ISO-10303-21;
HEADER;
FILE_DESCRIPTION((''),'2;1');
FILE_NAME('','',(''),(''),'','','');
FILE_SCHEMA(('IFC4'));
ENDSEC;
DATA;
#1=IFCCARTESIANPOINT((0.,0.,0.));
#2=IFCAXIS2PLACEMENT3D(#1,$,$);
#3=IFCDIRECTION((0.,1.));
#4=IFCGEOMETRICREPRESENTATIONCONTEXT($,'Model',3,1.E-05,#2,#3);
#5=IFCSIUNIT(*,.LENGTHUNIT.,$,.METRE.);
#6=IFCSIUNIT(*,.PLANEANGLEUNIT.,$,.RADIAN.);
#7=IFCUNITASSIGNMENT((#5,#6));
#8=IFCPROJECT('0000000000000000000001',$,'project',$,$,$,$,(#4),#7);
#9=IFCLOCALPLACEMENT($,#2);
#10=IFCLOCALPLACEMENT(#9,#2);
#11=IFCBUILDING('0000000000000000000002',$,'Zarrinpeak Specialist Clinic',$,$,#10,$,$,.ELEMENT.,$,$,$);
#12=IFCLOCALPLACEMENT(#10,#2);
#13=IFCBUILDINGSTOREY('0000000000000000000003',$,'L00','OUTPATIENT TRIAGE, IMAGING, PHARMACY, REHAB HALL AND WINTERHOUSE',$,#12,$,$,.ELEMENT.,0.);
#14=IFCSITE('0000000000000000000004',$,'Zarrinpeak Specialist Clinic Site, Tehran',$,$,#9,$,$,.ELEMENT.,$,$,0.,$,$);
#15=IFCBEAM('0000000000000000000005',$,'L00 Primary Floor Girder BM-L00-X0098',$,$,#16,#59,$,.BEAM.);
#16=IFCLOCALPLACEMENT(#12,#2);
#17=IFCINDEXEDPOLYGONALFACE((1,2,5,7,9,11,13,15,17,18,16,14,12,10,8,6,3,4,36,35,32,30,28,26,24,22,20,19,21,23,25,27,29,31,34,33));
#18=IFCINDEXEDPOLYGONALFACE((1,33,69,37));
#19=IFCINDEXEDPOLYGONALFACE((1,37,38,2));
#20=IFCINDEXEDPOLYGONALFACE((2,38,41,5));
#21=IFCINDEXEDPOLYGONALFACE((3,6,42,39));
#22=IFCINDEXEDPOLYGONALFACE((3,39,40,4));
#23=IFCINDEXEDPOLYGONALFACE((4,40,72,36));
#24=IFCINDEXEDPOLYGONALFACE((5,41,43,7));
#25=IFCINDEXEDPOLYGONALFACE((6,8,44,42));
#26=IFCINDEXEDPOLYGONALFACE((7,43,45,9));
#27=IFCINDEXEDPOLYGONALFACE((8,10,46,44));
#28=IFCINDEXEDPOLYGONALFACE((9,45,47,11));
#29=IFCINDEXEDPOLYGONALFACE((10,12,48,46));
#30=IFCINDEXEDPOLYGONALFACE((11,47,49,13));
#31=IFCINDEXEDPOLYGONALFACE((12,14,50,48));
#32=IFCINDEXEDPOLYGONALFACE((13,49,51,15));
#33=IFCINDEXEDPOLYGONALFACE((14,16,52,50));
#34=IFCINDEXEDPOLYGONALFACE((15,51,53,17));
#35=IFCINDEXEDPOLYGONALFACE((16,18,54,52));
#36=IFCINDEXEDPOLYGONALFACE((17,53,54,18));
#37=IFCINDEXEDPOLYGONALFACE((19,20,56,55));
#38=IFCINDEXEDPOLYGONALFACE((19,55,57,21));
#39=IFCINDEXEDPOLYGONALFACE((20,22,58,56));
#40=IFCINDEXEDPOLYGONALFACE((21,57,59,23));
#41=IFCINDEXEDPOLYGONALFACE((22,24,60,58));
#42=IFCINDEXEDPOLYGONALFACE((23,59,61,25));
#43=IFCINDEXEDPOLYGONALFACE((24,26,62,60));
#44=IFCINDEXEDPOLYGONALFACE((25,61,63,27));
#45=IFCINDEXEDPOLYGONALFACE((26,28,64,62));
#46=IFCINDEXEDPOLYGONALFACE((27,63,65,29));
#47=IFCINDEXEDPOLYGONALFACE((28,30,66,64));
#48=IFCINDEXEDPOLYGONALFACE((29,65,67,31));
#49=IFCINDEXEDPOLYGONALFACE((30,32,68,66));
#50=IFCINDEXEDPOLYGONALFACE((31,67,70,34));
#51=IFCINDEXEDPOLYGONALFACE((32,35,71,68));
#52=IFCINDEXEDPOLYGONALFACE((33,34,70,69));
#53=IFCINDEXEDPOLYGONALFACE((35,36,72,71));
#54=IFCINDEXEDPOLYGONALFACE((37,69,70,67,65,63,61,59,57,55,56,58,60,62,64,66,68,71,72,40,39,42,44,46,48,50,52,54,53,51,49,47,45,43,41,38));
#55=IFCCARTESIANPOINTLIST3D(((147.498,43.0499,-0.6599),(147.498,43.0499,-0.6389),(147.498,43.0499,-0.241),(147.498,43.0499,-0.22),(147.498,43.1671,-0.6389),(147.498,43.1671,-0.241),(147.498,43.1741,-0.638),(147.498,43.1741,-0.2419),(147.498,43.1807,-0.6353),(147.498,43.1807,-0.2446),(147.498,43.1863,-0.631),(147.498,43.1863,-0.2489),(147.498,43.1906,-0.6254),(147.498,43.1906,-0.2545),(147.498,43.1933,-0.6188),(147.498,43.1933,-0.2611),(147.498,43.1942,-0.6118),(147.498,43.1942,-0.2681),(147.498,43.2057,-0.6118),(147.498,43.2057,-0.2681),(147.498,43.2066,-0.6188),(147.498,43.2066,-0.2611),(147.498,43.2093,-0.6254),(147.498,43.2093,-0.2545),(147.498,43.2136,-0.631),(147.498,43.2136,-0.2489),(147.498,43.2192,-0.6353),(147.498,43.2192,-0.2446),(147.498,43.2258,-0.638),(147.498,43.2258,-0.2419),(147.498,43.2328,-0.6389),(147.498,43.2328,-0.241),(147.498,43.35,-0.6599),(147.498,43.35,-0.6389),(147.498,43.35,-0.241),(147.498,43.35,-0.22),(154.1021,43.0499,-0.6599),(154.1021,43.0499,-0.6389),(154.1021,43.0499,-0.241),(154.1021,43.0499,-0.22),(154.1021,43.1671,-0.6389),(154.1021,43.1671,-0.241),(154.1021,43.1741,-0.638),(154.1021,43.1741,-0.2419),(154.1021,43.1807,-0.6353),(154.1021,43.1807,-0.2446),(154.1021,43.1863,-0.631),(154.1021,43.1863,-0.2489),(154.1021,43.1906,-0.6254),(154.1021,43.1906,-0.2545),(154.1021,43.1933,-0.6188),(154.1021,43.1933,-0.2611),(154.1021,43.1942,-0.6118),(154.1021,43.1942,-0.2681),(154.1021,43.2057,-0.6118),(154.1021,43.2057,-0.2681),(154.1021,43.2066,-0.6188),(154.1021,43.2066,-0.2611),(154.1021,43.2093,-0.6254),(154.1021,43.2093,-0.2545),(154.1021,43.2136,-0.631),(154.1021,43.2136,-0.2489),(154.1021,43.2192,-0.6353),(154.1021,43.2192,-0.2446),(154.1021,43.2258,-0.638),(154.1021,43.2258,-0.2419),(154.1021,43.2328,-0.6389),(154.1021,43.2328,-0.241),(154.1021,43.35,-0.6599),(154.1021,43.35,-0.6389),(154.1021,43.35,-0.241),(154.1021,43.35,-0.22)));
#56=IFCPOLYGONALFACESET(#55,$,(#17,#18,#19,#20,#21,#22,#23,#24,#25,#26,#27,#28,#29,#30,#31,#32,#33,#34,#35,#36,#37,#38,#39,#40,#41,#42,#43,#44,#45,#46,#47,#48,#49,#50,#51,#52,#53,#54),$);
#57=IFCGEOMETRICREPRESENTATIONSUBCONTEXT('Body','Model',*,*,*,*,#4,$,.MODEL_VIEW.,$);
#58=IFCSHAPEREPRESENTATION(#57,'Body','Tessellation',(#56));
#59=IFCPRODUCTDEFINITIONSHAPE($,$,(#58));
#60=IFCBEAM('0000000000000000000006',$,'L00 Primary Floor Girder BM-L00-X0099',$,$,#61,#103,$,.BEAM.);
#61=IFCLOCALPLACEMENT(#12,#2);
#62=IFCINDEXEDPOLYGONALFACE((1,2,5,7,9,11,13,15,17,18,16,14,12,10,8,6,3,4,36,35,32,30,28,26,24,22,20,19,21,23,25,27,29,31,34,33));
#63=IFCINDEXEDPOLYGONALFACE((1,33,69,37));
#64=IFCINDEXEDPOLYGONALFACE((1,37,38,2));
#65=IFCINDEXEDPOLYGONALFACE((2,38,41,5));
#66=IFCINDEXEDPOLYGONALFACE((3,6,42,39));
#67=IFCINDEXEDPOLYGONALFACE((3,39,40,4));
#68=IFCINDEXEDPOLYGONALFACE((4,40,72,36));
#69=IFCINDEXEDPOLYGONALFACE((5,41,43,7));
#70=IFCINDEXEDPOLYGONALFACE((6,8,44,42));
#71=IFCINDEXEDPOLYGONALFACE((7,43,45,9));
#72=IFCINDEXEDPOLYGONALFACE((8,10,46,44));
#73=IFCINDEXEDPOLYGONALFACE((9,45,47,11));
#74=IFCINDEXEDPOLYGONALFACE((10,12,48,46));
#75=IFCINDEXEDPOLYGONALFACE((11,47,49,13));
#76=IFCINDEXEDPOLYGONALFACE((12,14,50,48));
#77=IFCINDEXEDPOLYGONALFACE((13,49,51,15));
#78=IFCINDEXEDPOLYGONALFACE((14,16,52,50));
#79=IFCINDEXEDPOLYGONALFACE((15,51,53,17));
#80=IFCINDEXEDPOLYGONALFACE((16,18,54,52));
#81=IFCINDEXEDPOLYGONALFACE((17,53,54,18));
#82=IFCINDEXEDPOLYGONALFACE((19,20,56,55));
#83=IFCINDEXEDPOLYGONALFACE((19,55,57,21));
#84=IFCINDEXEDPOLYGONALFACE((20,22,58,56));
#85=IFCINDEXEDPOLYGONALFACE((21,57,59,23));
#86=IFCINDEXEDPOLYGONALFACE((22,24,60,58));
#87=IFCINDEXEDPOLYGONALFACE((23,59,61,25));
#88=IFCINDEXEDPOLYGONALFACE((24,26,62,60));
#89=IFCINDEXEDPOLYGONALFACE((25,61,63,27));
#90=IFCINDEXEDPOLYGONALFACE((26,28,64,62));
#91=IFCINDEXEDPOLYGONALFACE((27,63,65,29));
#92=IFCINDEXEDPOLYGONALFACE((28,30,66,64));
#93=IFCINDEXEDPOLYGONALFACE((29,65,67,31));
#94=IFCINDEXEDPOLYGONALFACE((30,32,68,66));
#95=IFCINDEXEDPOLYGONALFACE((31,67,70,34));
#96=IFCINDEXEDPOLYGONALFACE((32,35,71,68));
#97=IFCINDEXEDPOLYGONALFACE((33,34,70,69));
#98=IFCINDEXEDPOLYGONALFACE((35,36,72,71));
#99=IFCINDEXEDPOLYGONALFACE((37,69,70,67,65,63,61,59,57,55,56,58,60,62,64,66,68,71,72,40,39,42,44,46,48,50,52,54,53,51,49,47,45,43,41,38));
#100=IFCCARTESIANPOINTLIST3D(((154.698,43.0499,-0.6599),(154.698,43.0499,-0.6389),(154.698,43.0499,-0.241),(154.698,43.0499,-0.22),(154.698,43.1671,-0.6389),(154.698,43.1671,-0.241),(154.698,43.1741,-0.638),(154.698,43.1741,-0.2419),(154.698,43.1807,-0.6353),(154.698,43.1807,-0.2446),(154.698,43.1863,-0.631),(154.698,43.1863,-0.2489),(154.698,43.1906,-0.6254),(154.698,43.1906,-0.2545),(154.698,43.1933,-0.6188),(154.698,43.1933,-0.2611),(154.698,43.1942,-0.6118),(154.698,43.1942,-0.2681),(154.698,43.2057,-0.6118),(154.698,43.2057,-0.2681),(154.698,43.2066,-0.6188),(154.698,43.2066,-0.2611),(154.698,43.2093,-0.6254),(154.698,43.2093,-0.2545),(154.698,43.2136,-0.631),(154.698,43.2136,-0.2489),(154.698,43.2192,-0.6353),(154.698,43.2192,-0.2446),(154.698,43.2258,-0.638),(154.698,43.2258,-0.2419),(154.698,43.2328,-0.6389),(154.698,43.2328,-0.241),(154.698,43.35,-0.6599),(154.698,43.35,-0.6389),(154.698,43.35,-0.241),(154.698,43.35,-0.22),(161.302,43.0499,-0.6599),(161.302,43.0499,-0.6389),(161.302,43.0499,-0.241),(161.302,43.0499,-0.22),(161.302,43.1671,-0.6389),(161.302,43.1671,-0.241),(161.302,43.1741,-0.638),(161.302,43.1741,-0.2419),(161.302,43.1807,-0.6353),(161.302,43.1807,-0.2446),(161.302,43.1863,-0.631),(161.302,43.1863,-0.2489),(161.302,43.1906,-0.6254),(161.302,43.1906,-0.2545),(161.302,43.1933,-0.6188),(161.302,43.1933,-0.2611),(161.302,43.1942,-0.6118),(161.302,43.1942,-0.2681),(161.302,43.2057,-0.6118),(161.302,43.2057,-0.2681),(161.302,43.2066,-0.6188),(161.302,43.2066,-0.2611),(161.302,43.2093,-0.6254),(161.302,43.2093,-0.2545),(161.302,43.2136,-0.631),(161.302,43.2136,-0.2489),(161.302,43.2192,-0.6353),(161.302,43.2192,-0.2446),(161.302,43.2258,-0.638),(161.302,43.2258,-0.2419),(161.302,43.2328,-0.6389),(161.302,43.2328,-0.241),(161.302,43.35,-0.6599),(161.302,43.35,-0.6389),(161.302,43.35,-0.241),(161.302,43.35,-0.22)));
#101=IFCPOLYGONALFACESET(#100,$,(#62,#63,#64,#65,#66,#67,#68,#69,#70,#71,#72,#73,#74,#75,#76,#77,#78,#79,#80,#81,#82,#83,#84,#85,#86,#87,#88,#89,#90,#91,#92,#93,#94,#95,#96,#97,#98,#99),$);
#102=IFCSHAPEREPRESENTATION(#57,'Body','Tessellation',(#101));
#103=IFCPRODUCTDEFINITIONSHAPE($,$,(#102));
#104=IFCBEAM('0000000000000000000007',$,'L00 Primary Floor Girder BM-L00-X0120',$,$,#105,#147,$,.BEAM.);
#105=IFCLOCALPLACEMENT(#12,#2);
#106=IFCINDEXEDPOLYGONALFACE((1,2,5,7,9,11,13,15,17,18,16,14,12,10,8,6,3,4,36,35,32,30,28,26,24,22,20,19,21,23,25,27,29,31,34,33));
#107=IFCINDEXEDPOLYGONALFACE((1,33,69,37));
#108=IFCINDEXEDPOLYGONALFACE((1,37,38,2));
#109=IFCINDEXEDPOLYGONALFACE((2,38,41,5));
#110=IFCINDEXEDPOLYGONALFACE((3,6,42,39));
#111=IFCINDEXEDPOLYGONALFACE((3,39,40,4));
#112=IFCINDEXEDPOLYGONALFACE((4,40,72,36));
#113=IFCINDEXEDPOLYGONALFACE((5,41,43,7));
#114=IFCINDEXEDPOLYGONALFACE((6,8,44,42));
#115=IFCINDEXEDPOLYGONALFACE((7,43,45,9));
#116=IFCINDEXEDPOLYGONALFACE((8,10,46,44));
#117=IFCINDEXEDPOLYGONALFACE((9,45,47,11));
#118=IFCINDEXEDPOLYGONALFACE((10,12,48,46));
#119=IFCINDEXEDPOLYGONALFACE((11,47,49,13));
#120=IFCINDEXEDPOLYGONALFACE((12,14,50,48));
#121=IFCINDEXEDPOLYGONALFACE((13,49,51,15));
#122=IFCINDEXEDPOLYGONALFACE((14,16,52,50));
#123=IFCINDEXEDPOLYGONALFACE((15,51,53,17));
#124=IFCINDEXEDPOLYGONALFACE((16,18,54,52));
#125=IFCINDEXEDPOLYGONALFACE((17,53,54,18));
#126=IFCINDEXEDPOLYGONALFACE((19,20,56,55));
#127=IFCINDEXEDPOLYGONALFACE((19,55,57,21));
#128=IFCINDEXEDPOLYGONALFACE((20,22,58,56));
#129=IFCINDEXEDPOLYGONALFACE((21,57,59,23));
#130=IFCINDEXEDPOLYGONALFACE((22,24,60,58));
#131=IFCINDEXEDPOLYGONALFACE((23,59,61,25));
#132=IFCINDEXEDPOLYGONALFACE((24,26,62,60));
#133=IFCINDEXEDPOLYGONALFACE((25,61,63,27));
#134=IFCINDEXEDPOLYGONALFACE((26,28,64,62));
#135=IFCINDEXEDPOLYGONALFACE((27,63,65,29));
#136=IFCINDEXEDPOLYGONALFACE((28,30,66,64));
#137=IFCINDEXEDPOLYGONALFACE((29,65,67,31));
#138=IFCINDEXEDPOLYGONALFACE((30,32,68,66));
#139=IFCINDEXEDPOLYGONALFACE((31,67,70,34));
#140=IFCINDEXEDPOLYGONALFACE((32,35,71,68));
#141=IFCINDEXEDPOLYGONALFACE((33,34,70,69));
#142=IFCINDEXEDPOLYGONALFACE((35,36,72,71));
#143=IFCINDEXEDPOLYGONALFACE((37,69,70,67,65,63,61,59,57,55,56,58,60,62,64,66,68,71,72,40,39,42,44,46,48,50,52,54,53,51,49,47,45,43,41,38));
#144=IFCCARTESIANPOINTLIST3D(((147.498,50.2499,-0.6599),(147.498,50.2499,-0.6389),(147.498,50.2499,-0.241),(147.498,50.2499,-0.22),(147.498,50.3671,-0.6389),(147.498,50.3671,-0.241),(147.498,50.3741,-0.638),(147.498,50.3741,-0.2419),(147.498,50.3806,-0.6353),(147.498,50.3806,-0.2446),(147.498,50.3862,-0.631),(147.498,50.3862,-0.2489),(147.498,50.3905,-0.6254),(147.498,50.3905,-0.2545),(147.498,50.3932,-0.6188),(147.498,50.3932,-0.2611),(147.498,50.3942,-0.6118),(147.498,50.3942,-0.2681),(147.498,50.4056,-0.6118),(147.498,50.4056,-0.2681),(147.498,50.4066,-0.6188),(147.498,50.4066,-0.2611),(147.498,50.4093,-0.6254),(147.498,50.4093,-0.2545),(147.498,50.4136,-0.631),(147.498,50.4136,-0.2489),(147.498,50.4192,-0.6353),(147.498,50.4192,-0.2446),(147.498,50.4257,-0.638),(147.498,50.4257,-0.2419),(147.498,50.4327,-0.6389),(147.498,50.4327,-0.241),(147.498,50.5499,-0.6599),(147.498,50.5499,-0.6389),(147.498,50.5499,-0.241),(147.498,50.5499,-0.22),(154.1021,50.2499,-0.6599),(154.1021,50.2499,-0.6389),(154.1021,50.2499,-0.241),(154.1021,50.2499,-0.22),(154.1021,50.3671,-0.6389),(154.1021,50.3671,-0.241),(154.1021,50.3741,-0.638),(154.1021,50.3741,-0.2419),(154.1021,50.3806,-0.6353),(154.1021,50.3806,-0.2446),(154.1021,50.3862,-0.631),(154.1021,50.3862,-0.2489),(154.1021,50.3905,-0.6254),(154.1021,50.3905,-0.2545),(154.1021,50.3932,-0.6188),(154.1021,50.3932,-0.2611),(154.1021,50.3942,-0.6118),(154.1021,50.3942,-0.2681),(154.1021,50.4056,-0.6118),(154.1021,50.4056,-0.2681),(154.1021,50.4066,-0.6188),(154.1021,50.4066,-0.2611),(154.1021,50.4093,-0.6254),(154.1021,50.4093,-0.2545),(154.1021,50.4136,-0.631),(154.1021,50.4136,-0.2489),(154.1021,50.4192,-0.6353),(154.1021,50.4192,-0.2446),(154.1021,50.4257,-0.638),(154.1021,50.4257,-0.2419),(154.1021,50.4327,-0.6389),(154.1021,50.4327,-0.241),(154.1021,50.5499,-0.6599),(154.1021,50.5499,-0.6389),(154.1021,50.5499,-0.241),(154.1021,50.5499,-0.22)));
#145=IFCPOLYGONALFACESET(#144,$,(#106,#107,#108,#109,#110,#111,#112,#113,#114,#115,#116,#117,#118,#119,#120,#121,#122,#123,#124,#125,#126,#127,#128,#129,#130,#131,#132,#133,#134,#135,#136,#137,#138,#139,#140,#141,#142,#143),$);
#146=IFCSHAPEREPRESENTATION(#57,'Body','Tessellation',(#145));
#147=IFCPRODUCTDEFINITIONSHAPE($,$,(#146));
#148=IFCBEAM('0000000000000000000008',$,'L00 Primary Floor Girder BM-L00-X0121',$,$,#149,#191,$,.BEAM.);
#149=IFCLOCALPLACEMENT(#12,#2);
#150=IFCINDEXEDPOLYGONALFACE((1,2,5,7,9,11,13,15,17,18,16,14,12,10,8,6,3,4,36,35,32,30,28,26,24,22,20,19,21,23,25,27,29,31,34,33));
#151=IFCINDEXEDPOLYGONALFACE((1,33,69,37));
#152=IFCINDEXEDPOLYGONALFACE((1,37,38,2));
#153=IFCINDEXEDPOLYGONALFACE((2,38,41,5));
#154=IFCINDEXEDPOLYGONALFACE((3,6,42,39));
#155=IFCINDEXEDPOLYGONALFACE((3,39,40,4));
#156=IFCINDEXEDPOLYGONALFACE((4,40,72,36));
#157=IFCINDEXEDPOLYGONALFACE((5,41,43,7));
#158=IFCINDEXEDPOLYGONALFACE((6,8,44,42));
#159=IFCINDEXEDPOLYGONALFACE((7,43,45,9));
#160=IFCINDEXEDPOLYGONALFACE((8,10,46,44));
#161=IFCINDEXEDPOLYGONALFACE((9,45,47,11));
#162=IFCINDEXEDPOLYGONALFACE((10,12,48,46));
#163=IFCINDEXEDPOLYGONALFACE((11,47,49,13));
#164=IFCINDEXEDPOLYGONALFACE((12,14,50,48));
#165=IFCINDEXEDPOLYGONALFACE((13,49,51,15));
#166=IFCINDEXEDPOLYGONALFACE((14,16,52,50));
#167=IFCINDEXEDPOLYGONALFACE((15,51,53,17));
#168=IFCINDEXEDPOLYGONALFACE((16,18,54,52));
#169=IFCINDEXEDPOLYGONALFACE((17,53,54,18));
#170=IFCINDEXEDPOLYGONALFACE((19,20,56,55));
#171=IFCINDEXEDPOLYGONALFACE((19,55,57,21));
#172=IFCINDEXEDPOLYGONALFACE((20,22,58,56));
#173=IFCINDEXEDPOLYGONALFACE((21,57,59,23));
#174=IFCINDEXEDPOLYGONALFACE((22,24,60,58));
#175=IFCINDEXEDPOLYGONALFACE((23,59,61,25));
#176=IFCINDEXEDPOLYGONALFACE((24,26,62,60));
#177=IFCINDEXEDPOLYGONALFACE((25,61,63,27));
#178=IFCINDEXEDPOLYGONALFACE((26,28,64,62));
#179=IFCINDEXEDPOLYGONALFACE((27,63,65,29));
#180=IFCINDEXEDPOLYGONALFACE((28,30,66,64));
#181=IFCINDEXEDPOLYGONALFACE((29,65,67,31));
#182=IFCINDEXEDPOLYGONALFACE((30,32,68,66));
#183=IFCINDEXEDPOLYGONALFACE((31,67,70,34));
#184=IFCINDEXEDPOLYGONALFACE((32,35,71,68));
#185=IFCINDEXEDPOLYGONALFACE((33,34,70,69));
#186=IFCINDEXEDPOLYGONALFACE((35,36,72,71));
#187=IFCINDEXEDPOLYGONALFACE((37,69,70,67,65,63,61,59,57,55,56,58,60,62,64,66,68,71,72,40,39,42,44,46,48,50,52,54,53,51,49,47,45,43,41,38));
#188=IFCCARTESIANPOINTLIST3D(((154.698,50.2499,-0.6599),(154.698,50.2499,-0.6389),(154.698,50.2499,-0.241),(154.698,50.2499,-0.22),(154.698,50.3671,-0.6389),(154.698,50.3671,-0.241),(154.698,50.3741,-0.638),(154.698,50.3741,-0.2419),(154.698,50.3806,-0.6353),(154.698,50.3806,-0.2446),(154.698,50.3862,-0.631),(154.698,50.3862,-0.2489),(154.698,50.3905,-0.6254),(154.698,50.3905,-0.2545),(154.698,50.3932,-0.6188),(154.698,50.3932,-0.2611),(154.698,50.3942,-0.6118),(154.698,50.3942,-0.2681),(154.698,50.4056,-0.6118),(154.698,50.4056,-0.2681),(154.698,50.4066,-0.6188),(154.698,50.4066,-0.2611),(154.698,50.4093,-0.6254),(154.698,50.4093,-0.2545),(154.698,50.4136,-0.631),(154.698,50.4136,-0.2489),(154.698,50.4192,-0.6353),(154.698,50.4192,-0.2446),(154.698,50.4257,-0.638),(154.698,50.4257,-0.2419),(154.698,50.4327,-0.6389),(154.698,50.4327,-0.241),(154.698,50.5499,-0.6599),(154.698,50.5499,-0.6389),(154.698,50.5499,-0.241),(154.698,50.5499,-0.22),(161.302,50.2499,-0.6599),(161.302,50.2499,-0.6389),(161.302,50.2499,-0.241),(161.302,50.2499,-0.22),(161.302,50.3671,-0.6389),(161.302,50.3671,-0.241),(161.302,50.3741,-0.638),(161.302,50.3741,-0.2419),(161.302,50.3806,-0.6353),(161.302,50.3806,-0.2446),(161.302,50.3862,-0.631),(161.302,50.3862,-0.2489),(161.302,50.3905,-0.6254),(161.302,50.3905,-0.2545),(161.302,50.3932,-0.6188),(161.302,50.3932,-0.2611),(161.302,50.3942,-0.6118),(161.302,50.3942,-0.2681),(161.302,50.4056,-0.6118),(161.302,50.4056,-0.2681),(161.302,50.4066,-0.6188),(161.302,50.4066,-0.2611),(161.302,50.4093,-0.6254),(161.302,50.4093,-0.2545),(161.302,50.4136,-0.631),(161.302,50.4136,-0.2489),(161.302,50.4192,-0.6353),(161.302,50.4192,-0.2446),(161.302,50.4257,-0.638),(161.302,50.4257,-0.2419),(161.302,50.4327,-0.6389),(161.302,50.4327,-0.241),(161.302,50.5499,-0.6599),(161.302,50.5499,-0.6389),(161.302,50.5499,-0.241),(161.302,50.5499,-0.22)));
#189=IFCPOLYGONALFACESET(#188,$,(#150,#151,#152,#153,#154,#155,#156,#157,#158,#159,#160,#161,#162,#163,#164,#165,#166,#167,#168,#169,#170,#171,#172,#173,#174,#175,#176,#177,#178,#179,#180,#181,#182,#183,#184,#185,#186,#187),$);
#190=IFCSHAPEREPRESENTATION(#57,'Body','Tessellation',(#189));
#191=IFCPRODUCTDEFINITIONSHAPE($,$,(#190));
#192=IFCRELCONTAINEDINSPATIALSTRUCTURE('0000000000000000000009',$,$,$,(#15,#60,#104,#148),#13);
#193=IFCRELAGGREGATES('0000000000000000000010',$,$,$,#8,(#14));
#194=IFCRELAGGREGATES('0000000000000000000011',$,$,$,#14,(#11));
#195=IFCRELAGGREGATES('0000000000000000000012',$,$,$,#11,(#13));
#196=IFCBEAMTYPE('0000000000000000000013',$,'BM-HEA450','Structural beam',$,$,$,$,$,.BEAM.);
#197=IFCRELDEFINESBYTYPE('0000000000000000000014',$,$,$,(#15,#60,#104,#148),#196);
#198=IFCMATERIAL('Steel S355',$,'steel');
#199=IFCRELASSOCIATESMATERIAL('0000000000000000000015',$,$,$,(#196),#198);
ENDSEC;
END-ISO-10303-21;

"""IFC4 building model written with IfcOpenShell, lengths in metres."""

from ifc_helpers import new_model, si_unit, direction, frame, origin, origin_2d, place, context, subcontext, project, spatial, i_section, extrude, material, material_profile, profile_set, type_object, element, save


model = new_model("IFC4")

# Units and contexts
model_context = context("Model", 3, precision=1e-05, world=origin(), true_north=direction((0.0, 1.0)))
body_context = subcontext(model_context, "Body", "Model", "MODEL_VIEW")
ifc_project = project(units=[si_unit("LENGTHUNIT", "METRE"), si_unit("PLANEANGLEUNIT", "RADIAN")], contexts=[model_context])

# Site, building, storey
site_placement = place(None, origin())
site = spatial("IfcSite", under=ifc_project, at=site_placement, Name="Zarrinpeak Specialist Clinic Site, Tehran", CompositionType="ELEMENT", RefElevation=0.0)
building_placement = place(site_placement, origin())
building = spatial("IfcBuilding", under=site, at=building_placement, Name="Zarrinpeak Specialist Clinic", CompositionType="ELEMENT")
storey_placement = place(building_placement, origin())
storey = spatial("IfcBuildingStorey", under=building, at=storey_placement, Name="L00", Description="OUTPATIENT TRIAGE, IMAGING, PHARMACY, REHAB HALL AND WINTERHOUSE", CompositionType="ELEMENT", Elevation=0.0)

# Beams
ifc_material = material(Name="Steel S355", Category="steel")
ifc_material_profile_1 = material_profile(ifc_material, i_section(OverallWidth=0.3, OverallDepth=0.4399, WebThickness=0.0115, FlangeThickness=0.021, FilletRadius=0.0271, at=origin_2d()), Name="HEA 450")
ifc_profile_set_1 = profile_set([ifc_material_profile_1], Name="Steel S355")
beam_type_1 = type_object("IfcBeamType", Name="BM-HEA450", Description="Structural beam", PredefinedType="BEAM", material=ifc_profile_set_1)
for number, where, z_axis, x_axis, name in (
    (1, (147.498, 43.2, -0.4399), (1.0, 0.0, 0.0), (0.0, 1.0, 0.0), "L00 Primary Floor Girder BM-L00-X0098"),
    (2, (154.698, 43.2, -0.4399), (1.0, 0.0, 0.0), (0.0, 1.0, 0.0), "L00 Primary Floor Girder BM-L00-X0099"),
    (3, (147.498, 50.3999, -0.4399), (1.0, 0.0, 0.0), (0.0, 1.0, 0.0), "L00 Primary Floor Girder BM-L00-X0120"),
    (4, (154.698, 50.3999, -0.4399), (1.0, 0.0, 0.0), (0.0, 1.0, 0.0), "L00 Primary Floor Girder BM-L00-X0121"),
):
    element("IfcBeam", number, at=place(storey_placement, frame(where, z_axis=z_axis, x_axis=x_axis)), inside=storey, type_object=beam_type_1, Name=name, PredefinedType="BEAM", context=body_context, shape_type="SweptSolid", body=[
        extrude(i_section(OverallWidth=0.3, OverallDepth=0.4399, WebThickness=0.0115, FlangeThickness=0.021, FilletRadius=0.0271, at=origin_2d()), origin(), (0.0, 0.0, 1.0), 6.604),
    ])

save(model, "model.ifc")
